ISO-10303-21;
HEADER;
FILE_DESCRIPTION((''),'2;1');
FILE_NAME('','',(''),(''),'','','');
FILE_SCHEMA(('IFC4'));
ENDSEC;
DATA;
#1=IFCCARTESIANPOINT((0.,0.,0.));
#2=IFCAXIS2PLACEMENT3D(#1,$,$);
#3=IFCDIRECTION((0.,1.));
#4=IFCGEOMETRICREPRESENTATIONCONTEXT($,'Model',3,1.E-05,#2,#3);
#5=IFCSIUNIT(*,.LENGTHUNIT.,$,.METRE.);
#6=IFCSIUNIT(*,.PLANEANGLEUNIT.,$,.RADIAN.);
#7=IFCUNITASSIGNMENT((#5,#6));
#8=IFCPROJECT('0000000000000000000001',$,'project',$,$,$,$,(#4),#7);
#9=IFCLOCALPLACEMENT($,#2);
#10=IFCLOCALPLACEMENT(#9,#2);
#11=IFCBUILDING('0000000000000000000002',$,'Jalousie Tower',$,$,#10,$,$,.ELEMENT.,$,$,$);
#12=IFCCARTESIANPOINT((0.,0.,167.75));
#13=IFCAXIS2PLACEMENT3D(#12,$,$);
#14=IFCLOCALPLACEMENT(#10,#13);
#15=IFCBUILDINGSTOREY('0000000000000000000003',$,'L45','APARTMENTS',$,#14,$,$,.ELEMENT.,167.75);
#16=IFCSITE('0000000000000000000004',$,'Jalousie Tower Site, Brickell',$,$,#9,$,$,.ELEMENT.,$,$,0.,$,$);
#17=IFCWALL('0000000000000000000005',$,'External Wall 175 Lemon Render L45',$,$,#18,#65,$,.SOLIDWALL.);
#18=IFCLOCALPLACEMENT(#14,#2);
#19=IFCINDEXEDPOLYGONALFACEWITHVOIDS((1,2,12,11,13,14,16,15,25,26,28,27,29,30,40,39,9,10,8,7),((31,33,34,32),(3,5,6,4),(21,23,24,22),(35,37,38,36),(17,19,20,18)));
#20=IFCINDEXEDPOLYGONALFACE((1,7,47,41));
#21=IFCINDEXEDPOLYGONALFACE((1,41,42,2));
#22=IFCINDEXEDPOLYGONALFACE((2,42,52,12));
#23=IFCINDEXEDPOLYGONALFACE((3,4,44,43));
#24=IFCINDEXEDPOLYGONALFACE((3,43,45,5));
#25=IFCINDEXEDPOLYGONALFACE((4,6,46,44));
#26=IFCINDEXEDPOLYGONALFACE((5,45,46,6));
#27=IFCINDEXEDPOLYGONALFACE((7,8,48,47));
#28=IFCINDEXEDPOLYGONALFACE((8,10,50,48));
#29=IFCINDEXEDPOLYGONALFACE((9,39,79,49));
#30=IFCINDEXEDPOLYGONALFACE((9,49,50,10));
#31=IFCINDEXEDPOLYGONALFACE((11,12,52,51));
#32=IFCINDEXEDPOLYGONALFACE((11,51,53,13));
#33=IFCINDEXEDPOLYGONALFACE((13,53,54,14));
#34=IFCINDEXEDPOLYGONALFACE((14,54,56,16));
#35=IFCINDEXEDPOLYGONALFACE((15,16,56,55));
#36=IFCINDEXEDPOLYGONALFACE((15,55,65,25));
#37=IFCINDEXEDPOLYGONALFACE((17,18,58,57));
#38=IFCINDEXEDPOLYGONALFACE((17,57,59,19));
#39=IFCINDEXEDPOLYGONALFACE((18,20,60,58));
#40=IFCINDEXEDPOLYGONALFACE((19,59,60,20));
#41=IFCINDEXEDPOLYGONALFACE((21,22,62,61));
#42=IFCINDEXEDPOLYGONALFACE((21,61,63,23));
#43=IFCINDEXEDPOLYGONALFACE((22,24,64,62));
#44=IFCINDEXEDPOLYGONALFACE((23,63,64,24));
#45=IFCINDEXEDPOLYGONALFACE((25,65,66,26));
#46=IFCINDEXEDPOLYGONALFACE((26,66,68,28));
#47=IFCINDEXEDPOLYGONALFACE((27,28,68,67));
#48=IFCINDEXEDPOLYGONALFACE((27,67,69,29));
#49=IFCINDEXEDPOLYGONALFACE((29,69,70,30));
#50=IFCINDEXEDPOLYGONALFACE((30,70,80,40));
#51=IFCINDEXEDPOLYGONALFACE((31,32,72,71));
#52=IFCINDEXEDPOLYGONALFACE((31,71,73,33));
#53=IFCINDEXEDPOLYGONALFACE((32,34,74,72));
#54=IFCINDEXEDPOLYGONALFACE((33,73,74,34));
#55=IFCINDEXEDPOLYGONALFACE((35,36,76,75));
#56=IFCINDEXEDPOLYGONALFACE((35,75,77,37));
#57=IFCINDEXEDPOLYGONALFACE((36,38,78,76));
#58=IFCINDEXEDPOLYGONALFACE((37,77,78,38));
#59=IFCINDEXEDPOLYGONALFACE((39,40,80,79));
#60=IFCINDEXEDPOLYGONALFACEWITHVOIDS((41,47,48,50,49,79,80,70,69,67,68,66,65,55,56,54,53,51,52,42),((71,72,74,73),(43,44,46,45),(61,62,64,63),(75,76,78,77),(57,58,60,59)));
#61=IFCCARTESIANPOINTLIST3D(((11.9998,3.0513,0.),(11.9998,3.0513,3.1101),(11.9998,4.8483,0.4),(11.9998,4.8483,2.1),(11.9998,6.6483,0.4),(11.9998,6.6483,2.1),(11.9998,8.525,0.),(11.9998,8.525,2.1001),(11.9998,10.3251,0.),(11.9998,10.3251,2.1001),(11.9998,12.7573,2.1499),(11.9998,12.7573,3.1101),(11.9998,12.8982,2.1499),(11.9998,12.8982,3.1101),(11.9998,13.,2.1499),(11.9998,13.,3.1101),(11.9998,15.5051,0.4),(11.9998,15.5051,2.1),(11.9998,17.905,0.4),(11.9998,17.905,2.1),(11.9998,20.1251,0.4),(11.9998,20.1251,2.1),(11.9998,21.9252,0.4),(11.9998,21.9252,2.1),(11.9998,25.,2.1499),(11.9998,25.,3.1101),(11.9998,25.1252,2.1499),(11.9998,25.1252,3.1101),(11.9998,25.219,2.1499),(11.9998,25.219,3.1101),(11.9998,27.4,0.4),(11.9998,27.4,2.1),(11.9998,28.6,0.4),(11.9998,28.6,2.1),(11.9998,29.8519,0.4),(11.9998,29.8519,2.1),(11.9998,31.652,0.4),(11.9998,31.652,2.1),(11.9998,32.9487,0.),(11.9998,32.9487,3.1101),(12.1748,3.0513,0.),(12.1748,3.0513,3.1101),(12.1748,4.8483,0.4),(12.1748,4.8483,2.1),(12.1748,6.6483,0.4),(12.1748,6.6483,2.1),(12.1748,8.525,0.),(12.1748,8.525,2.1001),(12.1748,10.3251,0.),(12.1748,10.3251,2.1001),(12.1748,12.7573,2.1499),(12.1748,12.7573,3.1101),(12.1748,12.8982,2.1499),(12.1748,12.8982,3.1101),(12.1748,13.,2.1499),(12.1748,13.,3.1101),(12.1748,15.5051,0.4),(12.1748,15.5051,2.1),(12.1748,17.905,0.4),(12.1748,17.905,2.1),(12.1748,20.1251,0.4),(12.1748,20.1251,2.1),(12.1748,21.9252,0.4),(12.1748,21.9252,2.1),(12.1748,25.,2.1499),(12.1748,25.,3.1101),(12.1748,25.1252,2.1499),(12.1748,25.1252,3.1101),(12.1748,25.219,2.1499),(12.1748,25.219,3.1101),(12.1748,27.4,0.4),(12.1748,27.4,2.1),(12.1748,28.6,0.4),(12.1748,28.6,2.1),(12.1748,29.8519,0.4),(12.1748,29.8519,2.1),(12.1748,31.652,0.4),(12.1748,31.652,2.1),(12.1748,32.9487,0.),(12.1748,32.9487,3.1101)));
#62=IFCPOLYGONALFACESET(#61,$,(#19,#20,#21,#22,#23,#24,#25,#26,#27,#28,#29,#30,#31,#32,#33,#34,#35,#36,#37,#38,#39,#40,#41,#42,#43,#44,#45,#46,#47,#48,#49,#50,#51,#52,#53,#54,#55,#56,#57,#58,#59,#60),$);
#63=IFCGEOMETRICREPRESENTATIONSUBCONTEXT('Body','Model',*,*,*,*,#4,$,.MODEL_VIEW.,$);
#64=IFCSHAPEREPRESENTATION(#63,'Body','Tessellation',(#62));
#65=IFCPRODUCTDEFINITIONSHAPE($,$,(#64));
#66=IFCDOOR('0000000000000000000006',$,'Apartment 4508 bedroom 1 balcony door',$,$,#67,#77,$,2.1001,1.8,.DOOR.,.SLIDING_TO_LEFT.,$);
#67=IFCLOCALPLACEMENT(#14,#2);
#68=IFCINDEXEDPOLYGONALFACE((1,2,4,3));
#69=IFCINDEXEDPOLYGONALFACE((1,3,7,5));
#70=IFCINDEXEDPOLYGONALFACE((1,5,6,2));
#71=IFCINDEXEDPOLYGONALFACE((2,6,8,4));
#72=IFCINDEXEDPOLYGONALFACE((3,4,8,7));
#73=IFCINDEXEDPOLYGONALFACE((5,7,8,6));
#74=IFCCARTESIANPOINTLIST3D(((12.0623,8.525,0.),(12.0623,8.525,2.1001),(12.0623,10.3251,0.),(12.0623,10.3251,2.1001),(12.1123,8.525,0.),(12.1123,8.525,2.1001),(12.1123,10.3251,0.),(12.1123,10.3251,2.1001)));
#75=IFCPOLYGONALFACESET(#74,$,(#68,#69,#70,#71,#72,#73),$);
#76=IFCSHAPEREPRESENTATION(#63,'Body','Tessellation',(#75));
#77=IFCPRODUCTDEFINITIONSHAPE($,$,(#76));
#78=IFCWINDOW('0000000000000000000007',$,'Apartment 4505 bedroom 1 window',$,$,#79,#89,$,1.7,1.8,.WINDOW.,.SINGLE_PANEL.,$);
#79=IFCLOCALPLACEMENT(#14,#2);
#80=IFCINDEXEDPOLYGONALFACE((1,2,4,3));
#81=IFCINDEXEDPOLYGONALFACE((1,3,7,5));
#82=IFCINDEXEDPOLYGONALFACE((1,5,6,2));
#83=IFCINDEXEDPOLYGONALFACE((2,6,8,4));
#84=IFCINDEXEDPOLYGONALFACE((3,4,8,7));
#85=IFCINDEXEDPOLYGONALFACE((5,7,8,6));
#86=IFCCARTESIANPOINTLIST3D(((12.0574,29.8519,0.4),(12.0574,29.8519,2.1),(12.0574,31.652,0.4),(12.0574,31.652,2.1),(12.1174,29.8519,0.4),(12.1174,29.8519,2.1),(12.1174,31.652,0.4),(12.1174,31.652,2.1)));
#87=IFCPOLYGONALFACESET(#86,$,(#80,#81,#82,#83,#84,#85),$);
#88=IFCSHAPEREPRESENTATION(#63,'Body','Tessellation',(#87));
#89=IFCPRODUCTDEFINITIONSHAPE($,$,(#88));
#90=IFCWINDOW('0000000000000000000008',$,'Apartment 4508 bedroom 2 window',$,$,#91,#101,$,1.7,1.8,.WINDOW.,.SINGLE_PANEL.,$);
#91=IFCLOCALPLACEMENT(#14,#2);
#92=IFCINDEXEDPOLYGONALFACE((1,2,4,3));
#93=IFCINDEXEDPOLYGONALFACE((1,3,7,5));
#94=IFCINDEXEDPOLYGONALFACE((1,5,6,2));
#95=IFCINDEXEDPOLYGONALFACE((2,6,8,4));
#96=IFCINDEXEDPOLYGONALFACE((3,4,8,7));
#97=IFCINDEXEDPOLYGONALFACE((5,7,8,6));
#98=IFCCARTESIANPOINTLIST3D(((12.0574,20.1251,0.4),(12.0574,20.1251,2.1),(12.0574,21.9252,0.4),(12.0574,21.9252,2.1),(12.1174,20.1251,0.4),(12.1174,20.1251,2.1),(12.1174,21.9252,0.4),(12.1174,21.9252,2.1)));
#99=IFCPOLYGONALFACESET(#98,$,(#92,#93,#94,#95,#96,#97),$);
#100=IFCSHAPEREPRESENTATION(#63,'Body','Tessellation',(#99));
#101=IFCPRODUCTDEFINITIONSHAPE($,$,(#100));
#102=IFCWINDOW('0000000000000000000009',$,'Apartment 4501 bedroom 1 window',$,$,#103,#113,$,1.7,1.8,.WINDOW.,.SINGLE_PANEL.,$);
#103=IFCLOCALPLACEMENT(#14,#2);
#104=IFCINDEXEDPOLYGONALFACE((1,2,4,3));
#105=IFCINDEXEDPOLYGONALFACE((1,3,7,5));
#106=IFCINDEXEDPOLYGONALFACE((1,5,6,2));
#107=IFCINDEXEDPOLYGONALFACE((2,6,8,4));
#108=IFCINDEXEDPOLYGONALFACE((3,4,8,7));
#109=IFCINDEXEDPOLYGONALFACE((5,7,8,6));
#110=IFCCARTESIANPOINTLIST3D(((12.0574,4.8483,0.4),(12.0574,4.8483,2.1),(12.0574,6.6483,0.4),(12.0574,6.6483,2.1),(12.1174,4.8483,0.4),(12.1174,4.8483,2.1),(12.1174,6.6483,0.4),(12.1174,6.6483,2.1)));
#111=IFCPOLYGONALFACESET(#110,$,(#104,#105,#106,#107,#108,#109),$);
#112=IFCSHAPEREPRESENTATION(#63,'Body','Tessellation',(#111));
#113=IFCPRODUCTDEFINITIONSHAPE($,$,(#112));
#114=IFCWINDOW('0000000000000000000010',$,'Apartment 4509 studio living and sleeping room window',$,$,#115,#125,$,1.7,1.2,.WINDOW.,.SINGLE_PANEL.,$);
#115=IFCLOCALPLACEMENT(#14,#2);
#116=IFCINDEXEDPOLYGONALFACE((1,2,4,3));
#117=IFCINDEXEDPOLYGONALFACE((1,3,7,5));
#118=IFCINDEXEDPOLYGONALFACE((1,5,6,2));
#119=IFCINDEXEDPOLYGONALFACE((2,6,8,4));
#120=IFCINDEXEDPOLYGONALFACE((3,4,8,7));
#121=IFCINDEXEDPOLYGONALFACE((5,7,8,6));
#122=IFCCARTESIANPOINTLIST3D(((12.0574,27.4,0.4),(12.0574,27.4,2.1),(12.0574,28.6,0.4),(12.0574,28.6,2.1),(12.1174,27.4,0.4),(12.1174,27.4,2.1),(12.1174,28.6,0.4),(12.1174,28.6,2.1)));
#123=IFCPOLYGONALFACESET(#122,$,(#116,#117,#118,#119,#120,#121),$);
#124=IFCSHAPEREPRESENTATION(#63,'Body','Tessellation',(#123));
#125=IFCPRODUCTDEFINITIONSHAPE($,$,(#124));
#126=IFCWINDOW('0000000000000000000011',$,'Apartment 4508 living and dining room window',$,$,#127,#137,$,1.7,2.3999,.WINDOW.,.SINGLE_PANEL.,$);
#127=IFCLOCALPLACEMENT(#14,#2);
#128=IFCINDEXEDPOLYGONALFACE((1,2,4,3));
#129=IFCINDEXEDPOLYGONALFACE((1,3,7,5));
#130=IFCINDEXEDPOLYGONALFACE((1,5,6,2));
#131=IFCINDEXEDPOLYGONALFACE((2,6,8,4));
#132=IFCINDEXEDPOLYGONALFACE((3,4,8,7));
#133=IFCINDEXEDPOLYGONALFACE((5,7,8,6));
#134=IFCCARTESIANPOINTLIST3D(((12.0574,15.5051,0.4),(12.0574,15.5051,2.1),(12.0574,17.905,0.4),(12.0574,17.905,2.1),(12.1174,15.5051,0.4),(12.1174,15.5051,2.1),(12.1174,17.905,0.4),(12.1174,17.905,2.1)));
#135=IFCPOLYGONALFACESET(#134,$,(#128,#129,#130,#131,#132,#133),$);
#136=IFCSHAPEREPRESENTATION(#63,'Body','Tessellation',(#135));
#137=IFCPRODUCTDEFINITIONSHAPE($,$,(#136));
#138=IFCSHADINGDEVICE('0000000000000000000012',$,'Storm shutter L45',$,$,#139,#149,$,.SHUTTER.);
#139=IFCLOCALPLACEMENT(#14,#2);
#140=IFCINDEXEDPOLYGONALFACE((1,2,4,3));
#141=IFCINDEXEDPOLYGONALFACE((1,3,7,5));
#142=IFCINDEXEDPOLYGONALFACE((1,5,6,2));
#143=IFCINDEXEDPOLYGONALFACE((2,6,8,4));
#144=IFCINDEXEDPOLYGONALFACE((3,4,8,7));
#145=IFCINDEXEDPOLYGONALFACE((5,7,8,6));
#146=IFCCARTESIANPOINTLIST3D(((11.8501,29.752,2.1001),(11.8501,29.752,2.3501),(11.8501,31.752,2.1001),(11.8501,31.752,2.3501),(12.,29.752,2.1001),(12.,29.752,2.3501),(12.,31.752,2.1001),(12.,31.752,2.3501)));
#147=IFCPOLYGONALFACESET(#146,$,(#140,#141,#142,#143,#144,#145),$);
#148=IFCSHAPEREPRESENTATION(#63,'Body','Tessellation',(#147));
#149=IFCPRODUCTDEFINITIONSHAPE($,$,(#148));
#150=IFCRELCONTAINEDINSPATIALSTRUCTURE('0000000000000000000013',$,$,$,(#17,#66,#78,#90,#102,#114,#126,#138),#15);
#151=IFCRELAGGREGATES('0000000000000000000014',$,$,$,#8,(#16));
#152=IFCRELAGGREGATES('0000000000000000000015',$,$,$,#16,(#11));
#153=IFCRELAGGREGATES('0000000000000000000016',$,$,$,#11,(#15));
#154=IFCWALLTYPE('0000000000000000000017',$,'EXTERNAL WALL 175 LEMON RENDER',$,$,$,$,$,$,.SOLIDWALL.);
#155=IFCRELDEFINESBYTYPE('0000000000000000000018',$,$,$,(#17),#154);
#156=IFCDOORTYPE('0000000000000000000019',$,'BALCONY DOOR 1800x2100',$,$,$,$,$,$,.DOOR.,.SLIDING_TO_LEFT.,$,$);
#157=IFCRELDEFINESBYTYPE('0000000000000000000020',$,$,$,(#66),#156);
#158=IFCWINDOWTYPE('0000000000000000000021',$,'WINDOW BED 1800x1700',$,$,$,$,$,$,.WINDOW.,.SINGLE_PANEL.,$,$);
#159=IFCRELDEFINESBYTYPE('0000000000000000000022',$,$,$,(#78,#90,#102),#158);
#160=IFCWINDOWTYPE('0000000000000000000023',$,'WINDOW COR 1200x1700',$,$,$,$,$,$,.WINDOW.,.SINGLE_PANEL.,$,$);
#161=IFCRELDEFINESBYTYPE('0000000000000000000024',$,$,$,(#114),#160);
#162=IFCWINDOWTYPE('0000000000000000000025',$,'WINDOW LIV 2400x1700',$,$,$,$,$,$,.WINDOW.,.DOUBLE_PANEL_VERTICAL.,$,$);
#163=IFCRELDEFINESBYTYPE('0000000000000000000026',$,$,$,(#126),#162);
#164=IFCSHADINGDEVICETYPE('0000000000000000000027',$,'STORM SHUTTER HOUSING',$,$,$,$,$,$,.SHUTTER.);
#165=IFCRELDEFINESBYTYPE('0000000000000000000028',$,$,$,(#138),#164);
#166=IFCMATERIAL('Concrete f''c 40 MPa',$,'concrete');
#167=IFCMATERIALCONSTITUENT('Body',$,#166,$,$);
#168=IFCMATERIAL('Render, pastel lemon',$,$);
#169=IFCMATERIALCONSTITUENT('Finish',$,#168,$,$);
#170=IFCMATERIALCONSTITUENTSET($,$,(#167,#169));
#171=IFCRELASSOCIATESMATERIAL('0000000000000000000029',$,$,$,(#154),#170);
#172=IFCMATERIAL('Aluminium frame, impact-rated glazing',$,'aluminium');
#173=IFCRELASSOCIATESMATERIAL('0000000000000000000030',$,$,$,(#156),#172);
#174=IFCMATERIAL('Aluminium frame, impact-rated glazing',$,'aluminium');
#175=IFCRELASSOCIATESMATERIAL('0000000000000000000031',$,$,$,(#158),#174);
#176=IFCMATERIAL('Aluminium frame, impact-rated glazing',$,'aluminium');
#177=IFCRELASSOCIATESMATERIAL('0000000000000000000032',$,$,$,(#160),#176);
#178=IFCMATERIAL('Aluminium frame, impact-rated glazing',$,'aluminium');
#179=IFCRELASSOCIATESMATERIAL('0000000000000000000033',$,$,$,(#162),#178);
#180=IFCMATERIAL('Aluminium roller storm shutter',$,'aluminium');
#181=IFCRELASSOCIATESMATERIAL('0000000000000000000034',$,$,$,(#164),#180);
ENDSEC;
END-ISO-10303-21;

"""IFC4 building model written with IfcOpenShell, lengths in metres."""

from ifc_helpers import new_model, si_unit, direction, frame, frame_2d, origin, origin_2d, place, context, subcontext, project, spatial, polyline, rectangle, outline, extrude, material, constituent, constituent_set, type_object, element, fill, save


model = new_model("IFC4")

# Units and contexts
model_context = context("Model", 3, precision=1e-05, world=origin(), true_north=direction((0.0, 1.0)))
body_context = subcontext(model_context, "Body", "Model", "MODEL_VIEW")
ifc_project = project(units=[si_unit("LENGTHUNIT", "METRE"), si_unit("PLANEANGLEUNIT", "RADIAN")], contexts=[model_context])

# Site, building, storey
site_placement = place(None, origin())
site = spatial("IfcSite", under=ifc_project, at=site_placement, Name="Jalousie Tower Site, Brickell", CompositionType="ELEMENT", RefElevation=0.0)
building_placement = place(site_placement, origin())
building = spatial("IfcBuilding", under=site, at=building_placement, Name="Jalousie Tower", CompositionType="ELEMENT")
storey_placement = place(building_placement, frame((0.0, 0.0, 167.75)))
storey = spatial("IfcBuildingStorey", under=building, at=storey_placement, Name="L45", Description="APARTMENTS", CompositionType="ELEMENT", Elevation=167.75)

# Wall, openings, door, windows
ifc_material_1 = material(Name="Concrete f'c 40 MPa", Category="concrete")
ifc_constituent_1 = constituent(ifc_material_1, Name="Body")
ifc_material_2 = material(Name="Render, pastel lemon")
ifc_constituent_2 = constituent(ifc_material_2, Name="Finish")
ifc_constituent_set = constituent_set(constituents=[ifc_constituent_1, ifc_constituent_2])
wall_type = type_object("IfcWallType", Name="EXTERNAL WALL 175 LEMON RENDER", PredefinedType="SOLIDWALL", material=ifc_constituent_set)
wall_placement = place(storey_placement, frame((12.0874, 32.9487, 0.0), z_axis=(0.0, 0.0, 1.0), x_axis=(0.0, -1.0, 0.0)))
wall = element("IfcWall", 1, at=wall_placement, inside=storey, type_object=wall_type, Name="External Wall 175 Lemon Render L45", PredefinedType="SOLIDWALL", context=body_context, shape_type="SweptSolid", body=[
    extrude(outline(polyline([(0.0, 0.0), (29.8975, 0.0), (29.8975, 3.1101), (20.1914, 3.1101), (20.1914, 2.1499), (20.0505, 2.1499), (20.0505, 3.1101), (19.9487, 3.1101), (19.9487, 2.1499), (7.9487, 2.1499), (7.9487, 3.1101), (7.8235, 3.1101), (7.8235, 2.1499), (7.7297, 2.1499), (7.7297, 3.1101), (0.0, 3.1101), (0.0, 0.0)])), frame((0.0, 0.0874, 0.0), z_axis=(0.0, -1.0, 0.0), x_axis=(1.0, 0.0, 0.0)), (0.0, 0.0, 1.0), 0.175),
])
opening_1_placement = place(wall_placement, frame((1.2969, 0.0, 0.3999)))
opening_1 = element("IfcOpeningElement", 2, at=opening_1_placement, cuts=wall, PredefinedType="OPENING", context=body_context, shape_type="SweptSolid", body=[
    extrude(rectangle(XDim=1.8, YDim=1.7, at=frame_2d((0.8999, 0.8501))), frame((0.0, 0.0974, 0.0), z_axis=(0.0, -1.0, 0.0), x_axis=(1.0, 0.0, 0.0)), (0.0, 0.0, 1.0), 0.1951),
])
opening_2_placement = place(wall_placement, frame((4.3486, 0.0, 0.3999)))
opening_2 = element("IfcOpeningElement", 3, at=opening_2_placement, cuts=wall, PredefinedType="OPENING", context=body_context, shape_type="SweptSolid", body=[
    extrude(rectangle(XDim=1.2, YDim=1.7, at=frame_2d((0.6001, 0.8501))), frame((0.0, 0.0974, 0.0), z_axis=(0.0, -1.0, 0.0), x_axis=(1.0, 0.0, 0.0)), (0.0, 0.0, 1.0), 0.1951),
])
opening_3_placement = place(wall_placement, frame((11.0237, 0.0, 0.3999)))
opening_3 = element("IfcOpeningElement", 4, at=opening_3_placement, cuts=wall, PredefinedType="OPENING", context=body_context, shape_type="SweptSolid", body=[
    extrude(rectangle(XDim=1.8, YDim=1.7, at=frame_2d((0.8999, 0.8501))), frame((0.0, 0.0974, 0.0), z_axis=(0.0, -1.0, 0.0), x_axis=(1.0, 0.0, 0.0)), (0.0, 0.0, 1.0), 0.1951),
])
opening_4_placement = place(wall_placement, frame((15.0437, 0.0, 0.3999)))
opening_4 = element("IfcOpeningElement", 5, at=opening_4_placement, cuts=wall, PredefinedType="OPENING", context=body_context, shape_type="SweptSolid", body=[
    extrude(rectangle(XDim=2.3999, YDim=1.7, at=frame_2d((1.2, 0.8501))), frame((0.0, 0.0974, 0.0), z_axis=(0.0, -1.0, 0.0), x_axis=(1.0, 0.0, 0.0)), (0.0, 0.0, 1.0), 0.1951),
])
opening_5_placement = place(wall_placement, frame((22.6238, 0.0, 0.0)))
opening_5 = element("IfcOpeningElement", 6, at=opening_5_placement, cuts=wall, PredefinedType="OPENING", context=body_context, shape_type="SweptSolid", body=[
    extrude(rectangle(XDim=1.8, YDim=2.1001, at=frame_2d((0.8999, 1.05))), frame((0.0, 0.0974, 0.0), z_axis=(0.0, -1.0, 0.0), x_axis=(1.0, 0.0, 0.0)), (0.0, 0.0, 1.0), 0.1951),
])
opening_6_placement = place(wall_placement, frame((26.3005, 0.0, 0.3999)))
opening_6 = element("IfcOpeningElement", 7, at=opening_6_placement, cuts=wall, PredefinedType="OPENING", context=body_context, shape_type="SweptSolid", body=[
    extrude(rectangle(XDim=1.8, YDim=1.7, at=frame_2d((0.8999, 0.8501))), frame((0.0, 0.0974, 0.0), z_axis=(0.0, -1.0, 0.0), x_axis=(1.0, 0.0, 0.0)), (0.0, 0.0, 1.0), 0.1951),
])
ifc_material_3 = material(Name="Aluminium frame, impact-rated glazing", Category="aluminium")
door_type = type_object("IfcDoorType", Name="BALCONY DOOR 1800x2100", OperationType="SLIDING_TO_LEFT", PredefinedType="DOOR", material=ifc_material_3)
door_placement = place(opening_5_placement, origin())
door = element("IfcDoor", 8, at=door_placement, inside=storey, type_object=door_type, Name="Apartment 4508 bedroom 1 balcony door", OperationType="SLIDING_TO_LEFT", OverallHeight=2.1001, OverallWidth=1.8, PredefinedType="DOOR", context=body_context, shape_type="SweptSolid", body=[
    extrude(rectangle(XDim=1.8, YDim=2.1001, at=frame_2d((0.8999, 1.05))), frame((0.0, 0.0249, 0.0), z_axis=(0.0, -1.0, 0.0), x_axis=(1.0, 0.0, 0.0)), (0.0, 0.0, 1.0), 0.05),
])
fill(opening_5, door)
ifc_material_4 = material(Name="Aluminium frame, impact-rated glazing", Category="aluminium")
window_type_1 = type_object("IfcWindowType", Name="WINDOW BED 1800x1700", PartitioningType="SINGLE_PANEL", PredefinedType="WINDOW", material=ifc_material_4)
window_1_placement = place(opening_1_placement, origin())
window_1 = element("IfcWindow", 9, at=window_1_placement, inside=storey, type_object=window_type_1, Name="Apartment 4505 bedroom 1 window", OverallHeight=1.7, OverallWidth=1.8, PartitioningType="SINGLE_PANEL", PredefinedType="WINDOW", context=body_context, shape_type="SweptSolid", body=[
    extrude(rectangle(XDim=1.8, YDim=1.7, at=frame_2d((0.8999, 0.8501))), frame((0.0, 0.03, 0.0), z_axis=(0.0, -1.0, 0.0), x_axis=(1.0, 0.0, 0.0)), (0.0, 0.0, 1.0), 0.0601),
])
fill(opening_1, window_1)
window_2_placement = place(opening_3_placement, origin())
window_2 = element("IfcWindow", 10, at=window_2_placement, inside=storey, type_object=window_type_1, Name="Apartment 4508 bedroom 2 window", OverallHeight=1.7, OverallWidth=1.8, PartitioningType="SINGLE_PANEL", PredefinedType="WINDOW", context=body_context, shape_type="SweptSolid", body=[
    extrude(rectangle(XDim=1.8, YDim=1.7, at=frame_2d((0.8999, 0.8501))), frame((0.0, 0.03, 0.0), z_axis=(0.0, -1.0, 0.0), x_axis=(1.0, 0.0, 0.0)), (0.0, 0.0, 1.0), 0.0601),
])
fill(opening_3, window_2)
window_3_placement = place(opening_6_placement, origin())
window_3 = element("IfcWindow", 11, at=window_3_placement, inside=storey, type_object=window_type_1, Name="Apartment 4501 bedroom 1 window", OverallHeight=1.7, OverallWidth=1.8, PartitioningType="SINGLE_PANEL", PredefinedType="WINDOW", context=body_context, shape_type="SweptSolid", body=[
    extrude(rectangle(XDim=1.8, YDim=1.7, at=frame_2d((0.8999, 0.8501))), frame((0.0, 0.03, 0.0), z_axis=(0.0, -1.0, 0.0), x_axis=(1.0, 0.0, 0.0)), (0.0, 0.0, 1.0), 0.0601),
])
fill(opening_6, window_3)
ifc_material_5 = material(Name="Aluminium frame, impact-rated glazing", Category="aluminium")
window_type_2 = type_object("IfcWindowType", Name="WINDOW COR 1200x1700", PartitioningType="SINGLE_PANEL", PredefinedType="WINDOW", material=ifc_material_5)
window_4_placement = place(opening_2_placement, origin())
window_4 = element("IfcWindow", 12, at=window_4_placement, inside=storey, type_object=window_type_2, Name="Apartment 4509 studio living and sleeping room window", OverallHeight=1.7, OverallWidth=1.2, PartitioningType="SINGLE_PANEL", PredefinedType="WINDOW", context=body_context, shape_type="SweptSolid", body=[
    extrude(rectangle(XDim=1.2, YDim=1.7, at=frame_2d((0.6001, 0.8501))), frame((0.0, 0.03, 0.0), z_axis=(0.0, -1.0, 0.0), x_axis=(1.0, 0.0, 0.0)), (0.0, 0.0, 1.0), 0.0601),
])
fill(opening_2, window_4)
ifc_material_6 = material(Name="Aluminium frame, impact-rated glazing", Category="aluminium")
window_type_3 = type_object("IfcWindowType", Name="WINDOW LIV 2400x1700", PartitioningType="DOUBLE_PANEL_VERTICAL", PredefinedType="WINDOW", material=ifc_material_6)
window_5_placement = place(opening_4_placement, origin())
window_5 = element("IfcWindow", 13, at=window_5_placement, inside=storey, type_object=window_type_3, Name="Apartment 4508 living and dining room window", OverallHeight=1.7, OverallWidth=2.3999, PartitioningType="SINGLE_PANEL", PredefinedType="WINDOW", context=body_context, shape_type="SweptSolid", body=[
    extrude(rectangle(XDim=2.3999, YDim=1.7, at=frame_2d((1.2, 0.8501))), frame((0.0, 0.03, 0.0), z_axis=(0.0, -1.0, 0.0), x_axis=(1.0, 0.0, 0.0)), (0.0, 0.0, 1.0), 0.0601),
])
fill(opening_4, window_5)

# Shading device
ifc_material_7 = material(Name="Aluminium roller storm shutter", Category="aluminium")
shading_device_type = type_object("IfcShadingDeviceType", Name="STORM SHUTTER HOUSING", PredefinedType="SHUTTER", material=ifc_material_7)
shading_device_placement = place(storey_placement, frame((11.925, 30.752, 2.1001), z_axis=(0.0, 0.0, 1.0), x_axis=(0.0, -1.0, 0.0)))
element("IfcShadingDevice", 14, at=shading_device_placement, inside=storey, type_object=shading_device_type, Name="Storm shutter L45", PredefinedType="SHUTTER", context=body_context, shape_type="SweptSolid", body=[
    extrude(rectangle(XDim=2.0, YDim=0.1499, at=origin_2d()), origin(), (0.0, 0.0, 1.0), 0.25),
])

save(model, "model.ifc")
